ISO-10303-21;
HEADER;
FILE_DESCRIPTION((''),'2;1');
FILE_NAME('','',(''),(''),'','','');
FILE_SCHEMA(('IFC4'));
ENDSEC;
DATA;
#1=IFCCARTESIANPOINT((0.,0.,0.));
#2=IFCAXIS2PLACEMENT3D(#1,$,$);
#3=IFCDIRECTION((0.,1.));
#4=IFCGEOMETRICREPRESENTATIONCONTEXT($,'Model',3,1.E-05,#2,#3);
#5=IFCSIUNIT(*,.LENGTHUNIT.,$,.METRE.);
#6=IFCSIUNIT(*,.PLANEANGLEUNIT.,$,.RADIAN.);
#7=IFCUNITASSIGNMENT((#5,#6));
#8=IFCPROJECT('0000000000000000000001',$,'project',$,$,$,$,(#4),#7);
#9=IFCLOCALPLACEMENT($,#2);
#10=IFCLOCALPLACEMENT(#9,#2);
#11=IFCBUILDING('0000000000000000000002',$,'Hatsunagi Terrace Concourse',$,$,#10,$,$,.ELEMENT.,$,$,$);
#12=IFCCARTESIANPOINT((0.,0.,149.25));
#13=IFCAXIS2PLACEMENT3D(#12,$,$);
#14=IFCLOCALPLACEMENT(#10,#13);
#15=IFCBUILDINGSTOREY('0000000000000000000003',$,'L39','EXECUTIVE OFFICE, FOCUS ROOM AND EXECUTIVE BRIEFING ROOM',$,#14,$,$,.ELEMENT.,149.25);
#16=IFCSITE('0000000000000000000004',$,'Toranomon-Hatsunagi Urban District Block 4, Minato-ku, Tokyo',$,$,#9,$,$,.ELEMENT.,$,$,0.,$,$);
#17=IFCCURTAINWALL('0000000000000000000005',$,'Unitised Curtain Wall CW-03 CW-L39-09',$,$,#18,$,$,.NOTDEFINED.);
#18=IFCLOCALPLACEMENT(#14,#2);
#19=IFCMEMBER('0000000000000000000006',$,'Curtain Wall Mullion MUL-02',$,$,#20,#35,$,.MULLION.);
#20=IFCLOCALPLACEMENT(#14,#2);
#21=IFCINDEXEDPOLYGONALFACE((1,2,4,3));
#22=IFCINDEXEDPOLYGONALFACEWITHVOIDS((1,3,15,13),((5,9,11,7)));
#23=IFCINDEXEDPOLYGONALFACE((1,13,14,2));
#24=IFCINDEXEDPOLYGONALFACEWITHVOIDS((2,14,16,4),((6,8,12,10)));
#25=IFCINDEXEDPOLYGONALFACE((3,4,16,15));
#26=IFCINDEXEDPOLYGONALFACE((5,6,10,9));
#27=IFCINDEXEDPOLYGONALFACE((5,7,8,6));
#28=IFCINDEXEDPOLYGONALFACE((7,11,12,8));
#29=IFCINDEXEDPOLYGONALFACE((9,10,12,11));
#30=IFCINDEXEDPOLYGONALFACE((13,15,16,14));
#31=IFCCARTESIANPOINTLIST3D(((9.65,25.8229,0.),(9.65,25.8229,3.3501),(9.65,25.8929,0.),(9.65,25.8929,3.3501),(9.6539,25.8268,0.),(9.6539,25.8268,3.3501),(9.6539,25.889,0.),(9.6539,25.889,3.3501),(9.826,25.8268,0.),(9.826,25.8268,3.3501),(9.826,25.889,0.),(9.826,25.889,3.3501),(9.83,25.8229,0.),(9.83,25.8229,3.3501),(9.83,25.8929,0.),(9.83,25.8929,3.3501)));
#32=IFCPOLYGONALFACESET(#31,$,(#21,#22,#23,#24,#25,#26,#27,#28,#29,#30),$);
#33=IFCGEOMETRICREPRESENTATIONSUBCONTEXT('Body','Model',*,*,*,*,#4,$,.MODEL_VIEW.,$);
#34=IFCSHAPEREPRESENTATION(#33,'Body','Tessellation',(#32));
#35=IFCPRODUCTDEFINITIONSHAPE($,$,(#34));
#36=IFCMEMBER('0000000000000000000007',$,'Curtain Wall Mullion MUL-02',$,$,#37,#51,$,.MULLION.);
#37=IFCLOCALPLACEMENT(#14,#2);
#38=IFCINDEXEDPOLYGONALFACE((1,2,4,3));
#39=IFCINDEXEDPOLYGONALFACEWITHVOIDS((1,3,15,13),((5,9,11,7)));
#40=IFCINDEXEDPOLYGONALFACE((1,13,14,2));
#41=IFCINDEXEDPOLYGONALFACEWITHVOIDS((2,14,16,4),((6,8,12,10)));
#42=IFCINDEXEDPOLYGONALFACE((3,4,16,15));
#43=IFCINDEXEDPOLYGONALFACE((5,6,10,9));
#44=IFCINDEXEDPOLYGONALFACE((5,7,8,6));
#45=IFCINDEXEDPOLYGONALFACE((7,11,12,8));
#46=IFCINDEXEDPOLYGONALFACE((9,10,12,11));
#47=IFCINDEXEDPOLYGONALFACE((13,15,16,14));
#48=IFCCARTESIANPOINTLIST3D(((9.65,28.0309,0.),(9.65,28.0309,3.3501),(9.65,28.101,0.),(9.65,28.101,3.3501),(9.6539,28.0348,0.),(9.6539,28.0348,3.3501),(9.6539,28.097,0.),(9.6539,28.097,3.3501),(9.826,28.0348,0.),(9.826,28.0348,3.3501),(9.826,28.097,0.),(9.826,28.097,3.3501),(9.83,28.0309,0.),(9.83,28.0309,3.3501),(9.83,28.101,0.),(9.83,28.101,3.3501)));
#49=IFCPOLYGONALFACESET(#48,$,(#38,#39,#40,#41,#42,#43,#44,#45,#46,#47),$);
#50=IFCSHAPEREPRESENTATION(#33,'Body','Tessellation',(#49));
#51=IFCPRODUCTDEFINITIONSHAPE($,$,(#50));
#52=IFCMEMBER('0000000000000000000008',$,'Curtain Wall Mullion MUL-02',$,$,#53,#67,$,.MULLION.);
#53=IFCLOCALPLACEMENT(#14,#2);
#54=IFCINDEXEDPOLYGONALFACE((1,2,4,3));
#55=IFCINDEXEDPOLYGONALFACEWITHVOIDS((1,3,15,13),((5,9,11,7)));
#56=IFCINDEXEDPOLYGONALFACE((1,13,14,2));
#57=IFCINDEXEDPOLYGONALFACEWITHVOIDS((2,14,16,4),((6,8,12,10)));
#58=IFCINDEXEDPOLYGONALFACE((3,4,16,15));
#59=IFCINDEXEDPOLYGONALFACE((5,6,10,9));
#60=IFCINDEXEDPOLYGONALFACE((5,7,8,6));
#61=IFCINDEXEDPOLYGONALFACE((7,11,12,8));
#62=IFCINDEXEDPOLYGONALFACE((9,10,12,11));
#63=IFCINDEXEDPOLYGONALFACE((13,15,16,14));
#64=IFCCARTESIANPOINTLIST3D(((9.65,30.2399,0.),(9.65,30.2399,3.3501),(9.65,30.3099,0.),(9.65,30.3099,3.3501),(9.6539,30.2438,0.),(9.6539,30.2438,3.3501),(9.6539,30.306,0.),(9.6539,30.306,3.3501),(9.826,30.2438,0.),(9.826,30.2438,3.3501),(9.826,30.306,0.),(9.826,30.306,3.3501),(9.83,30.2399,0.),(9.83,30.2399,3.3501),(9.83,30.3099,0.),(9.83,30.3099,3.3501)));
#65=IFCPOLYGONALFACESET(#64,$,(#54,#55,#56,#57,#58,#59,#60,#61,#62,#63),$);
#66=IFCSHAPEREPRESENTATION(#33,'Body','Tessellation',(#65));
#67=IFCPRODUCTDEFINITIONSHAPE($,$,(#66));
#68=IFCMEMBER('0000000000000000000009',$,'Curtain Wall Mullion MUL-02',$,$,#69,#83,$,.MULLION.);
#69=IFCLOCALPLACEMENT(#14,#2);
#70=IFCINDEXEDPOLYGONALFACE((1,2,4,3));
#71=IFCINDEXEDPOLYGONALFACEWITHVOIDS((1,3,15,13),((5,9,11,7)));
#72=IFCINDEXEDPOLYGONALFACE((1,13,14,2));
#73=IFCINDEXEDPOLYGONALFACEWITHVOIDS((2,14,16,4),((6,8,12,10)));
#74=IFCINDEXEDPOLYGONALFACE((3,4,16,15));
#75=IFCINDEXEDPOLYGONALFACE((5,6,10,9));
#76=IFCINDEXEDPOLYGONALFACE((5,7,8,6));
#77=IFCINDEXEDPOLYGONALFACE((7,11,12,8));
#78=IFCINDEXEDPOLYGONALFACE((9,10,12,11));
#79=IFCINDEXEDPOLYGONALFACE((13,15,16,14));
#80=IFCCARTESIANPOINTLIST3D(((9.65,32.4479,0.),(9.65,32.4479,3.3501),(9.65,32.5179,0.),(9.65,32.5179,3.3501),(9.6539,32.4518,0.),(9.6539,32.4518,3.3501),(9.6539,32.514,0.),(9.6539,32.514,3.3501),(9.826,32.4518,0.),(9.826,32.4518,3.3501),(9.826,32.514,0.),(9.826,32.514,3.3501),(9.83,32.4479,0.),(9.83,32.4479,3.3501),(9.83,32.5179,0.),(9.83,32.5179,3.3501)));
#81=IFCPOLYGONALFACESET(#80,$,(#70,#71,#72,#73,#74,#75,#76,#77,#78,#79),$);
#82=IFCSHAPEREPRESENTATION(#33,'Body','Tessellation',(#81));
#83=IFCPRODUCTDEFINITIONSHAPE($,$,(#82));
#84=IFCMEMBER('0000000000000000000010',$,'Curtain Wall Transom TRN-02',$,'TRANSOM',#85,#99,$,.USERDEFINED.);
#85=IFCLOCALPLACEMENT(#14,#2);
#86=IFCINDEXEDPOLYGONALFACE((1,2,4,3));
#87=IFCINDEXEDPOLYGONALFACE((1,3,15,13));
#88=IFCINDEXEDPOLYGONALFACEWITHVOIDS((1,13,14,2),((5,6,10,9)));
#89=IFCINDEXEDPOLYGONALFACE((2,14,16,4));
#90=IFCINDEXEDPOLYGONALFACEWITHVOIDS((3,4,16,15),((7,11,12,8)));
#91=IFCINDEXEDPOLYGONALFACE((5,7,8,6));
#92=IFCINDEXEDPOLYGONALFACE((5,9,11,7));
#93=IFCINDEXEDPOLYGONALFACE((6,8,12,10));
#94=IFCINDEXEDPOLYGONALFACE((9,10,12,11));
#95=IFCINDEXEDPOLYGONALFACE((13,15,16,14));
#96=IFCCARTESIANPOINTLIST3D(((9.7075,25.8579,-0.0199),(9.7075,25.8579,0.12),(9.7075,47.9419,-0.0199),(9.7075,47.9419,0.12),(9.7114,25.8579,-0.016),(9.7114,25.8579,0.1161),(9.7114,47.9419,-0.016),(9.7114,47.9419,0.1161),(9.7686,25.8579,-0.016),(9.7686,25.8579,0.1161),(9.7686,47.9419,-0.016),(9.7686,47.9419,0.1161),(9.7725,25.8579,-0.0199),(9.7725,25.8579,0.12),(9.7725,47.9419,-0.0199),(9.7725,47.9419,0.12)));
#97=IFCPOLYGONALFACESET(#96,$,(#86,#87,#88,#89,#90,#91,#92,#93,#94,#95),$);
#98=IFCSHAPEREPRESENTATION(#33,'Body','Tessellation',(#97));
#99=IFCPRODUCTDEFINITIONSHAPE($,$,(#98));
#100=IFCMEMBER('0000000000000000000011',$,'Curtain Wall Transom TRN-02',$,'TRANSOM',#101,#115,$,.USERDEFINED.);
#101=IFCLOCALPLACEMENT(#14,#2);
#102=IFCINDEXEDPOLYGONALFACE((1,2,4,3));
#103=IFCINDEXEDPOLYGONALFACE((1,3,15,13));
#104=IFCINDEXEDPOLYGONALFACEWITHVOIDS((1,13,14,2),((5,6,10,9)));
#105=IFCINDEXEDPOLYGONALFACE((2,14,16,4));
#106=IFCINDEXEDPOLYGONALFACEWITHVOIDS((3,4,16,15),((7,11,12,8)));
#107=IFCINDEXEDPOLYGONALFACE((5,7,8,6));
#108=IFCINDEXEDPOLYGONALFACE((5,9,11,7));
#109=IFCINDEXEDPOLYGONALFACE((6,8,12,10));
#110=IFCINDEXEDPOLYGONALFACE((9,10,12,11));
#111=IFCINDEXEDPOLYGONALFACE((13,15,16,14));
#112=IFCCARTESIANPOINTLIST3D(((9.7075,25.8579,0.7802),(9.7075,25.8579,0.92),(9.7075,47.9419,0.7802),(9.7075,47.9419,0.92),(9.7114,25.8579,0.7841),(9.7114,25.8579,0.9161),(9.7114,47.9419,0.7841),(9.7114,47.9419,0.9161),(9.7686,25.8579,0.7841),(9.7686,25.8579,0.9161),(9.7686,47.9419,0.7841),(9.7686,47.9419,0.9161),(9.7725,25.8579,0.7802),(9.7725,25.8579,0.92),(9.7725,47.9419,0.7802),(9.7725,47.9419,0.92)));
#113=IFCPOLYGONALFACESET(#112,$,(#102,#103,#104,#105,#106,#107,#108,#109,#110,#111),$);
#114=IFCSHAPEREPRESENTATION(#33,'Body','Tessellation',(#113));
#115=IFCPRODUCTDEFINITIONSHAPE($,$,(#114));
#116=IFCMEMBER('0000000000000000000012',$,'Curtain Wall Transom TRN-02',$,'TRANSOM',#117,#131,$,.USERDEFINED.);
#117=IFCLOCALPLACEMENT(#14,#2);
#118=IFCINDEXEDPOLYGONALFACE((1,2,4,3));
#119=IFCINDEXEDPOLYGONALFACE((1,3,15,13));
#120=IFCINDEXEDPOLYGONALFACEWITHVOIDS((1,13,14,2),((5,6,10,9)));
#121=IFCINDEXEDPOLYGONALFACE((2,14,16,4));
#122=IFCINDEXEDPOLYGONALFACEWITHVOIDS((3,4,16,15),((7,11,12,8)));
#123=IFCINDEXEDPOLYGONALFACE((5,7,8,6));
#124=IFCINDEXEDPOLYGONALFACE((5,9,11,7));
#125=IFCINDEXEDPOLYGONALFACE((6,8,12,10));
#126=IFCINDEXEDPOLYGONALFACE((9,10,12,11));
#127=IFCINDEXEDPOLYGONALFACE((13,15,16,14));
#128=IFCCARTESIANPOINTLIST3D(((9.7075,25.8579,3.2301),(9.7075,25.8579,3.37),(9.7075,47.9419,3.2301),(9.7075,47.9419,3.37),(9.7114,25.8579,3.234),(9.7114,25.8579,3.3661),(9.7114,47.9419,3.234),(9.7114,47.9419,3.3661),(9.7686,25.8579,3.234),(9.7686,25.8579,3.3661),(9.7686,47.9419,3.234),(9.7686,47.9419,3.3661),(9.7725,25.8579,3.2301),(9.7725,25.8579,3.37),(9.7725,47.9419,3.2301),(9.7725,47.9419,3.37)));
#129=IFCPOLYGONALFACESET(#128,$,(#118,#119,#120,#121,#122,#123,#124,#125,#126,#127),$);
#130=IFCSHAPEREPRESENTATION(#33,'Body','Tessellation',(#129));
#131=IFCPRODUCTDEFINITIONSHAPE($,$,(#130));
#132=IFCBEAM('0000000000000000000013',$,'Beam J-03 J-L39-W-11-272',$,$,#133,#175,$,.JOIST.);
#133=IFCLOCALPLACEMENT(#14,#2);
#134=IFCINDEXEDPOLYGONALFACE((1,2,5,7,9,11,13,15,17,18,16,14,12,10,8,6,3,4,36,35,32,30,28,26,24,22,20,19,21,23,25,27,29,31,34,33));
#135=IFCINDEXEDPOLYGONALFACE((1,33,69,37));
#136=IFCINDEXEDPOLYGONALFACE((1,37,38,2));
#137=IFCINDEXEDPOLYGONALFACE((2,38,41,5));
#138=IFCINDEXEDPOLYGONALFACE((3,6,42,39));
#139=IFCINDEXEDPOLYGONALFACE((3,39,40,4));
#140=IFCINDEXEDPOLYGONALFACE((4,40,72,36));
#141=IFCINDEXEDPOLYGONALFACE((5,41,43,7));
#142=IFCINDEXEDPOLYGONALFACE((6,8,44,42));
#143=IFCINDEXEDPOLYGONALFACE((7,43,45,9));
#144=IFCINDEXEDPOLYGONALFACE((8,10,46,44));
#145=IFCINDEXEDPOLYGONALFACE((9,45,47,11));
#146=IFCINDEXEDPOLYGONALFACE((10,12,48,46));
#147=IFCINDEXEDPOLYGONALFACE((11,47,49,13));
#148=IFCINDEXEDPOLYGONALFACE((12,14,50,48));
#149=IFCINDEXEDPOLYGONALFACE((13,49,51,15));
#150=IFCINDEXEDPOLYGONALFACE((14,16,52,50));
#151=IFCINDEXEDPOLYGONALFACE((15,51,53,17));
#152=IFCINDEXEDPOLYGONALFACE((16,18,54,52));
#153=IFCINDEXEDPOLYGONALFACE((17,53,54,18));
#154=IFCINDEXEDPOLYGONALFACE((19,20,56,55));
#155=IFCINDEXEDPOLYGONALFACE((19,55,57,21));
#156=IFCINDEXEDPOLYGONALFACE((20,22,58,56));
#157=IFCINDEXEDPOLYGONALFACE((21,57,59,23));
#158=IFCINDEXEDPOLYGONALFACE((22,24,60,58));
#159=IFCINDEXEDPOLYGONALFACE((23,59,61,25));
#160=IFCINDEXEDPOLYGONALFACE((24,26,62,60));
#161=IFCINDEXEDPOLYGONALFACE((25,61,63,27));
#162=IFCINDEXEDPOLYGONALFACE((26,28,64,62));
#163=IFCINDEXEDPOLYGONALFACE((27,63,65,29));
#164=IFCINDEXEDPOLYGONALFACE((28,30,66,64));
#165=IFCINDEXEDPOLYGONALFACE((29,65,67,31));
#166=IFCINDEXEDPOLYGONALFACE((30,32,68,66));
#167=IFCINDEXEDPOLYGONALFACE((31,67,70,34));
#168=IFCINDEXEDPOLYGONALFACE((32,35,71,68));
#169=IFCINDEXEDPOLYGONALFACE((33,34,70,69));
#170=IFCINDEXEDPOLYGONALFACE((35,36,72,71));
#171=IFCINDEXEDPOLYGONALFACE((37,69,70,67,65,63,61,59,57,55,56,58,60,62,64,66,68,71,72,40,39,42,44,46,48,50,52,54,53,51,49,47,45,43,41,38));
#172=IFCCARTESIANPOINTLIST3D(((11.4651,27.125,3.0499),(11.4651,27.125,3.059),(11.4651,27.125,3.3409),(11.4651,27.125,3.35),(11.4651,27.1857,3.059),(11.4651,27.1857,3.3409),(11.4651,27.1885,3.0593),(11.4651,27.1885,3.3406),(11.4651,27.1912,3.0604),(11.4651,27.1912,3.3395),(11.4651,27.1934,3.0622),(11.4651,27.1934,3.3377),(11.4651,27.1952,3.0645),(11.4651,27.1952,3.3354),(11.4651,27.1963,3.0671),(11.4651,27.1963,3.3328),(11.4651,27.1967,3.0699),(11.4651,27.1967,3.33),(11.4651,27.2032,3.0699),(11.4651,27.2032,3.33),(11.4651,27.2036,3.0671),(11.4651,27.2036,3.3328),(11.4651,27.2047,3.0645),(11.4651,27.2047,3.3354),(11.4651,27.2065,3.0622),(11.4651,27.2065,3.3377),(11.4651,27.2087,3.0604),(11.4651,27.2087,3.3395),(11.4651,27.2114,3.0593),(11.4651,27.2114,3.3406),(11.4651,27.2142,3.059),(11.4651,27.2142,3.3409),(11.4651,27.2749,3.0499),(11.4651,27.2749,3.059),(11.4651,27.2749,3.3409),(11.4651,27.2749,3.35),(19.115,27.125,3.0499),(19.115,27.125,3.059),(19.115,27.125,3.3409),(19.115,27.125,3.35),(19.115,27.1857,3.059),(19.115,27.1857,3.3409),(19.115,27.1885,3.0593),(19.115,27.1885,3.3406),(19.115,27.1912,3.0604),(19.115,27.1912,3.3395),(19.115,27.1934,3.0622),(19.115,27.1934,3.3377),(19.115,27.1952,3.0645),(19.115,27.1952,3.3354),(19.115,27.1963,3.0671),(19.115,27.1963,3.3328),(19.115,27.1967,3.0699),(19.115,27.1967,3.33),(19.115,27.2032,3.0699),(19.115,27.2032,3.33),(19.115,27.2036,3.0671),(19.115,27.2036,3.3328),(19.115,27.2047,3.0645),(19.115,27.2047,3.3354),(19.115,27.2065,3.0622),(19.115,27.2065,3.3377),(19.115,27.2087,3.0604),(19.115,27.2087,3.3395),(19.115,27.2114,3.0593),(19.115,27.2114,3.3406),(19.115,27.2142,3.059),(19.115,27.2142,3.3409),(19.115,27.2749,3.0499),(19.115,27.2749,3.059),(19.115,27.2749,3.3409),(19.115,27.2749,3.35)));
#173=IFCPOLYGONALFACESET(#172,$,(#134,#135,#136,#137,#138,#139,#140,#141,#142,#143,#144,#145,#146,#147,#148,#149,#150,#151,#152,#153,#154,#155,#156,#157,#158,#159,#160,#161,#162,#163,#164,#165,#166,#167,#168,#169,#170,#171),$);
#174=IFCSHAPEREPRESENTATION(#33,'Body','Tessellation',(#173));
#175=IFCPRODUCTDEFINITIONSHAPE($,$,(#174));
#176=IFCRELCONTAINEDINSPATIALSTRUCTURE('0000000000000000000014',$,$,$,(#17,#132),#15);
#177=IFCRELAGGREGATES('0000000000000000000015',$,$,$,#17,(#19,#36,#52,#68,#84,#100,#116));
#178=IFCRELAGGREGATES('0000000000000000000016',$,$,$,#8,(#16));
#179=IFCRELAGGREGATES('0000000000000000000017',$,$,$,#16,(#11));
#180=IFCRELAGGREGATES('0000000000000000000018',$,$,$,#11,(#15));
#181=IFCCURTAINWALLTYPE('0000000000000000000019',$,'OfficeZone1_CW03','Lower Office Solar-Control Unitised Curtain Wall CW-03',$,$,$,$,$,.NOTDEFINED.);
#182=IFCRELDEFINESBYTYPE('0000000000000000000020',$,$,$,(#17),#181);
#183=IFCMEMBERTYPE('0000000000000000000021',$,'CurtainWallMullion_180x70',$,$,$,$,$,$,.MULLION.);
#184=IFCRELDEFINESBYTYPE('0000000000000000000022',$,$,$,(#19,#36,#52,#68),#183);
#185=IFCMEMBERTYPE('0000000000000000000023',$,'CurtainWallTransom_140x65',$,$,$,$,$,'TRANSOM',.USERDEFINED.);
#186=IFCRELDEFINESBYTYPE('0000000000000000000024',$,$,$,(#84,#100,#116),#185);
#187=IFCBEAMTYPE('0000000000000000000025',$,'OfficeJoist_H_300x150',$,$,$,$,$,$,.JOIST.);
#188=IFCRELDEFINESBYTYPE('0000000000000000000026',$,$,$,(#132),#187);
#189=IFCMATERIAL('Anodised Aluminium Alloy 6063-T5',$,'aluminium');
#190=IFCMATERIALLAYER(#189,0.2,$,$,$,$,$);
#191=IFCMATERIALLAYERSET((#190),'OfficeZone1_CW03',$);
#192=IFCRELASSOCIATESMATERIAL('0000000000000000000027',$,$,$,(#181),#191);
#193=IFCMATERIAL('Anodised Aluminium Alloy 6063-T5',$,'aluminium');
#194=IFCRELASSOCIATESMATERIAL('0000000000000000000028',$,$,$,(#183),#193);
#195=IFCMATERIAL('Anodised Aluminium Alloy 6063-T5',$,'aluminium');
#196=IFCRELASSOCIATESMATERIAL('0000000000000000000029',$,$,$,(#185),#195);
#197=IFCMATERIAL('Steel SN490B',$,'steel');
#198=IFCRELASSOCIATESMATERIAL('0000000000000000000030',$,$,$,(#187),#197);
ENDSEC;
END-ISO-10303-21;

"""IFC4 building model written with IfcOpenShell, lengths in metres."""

from ifc_helpers import new_model, si_unit, direction, frame, origin, origin_2d, place, context, subcontext, project, spatial, hollow_rectangle, i_section, extrude, material, layer, layer_set, material_profile, profile_set, type_object, element, aggregate, save


model = new_model("IFC4")

# Units and contexts
model_context = context("Model", 3, precision=1e-05, world=origin(), true_north=direction((0.0, 1.0)))
body_context = subcontext(model_context, "Body", "Model", "MODEL_VIEW")
ifc_project = project(units=[si_unit("LENGTHUNIT", "METRE"), si_unit("PLANEANGLEUNIT", "RADIAN")], contexts=[model_context])

# Site, building, storey
site_placement = place(None, origin())
site = spatial("IfcSite", under=ifc_project, at=site_placement, Name="Toranomon-Hatsunagi Urban District Block 4, Minato-ku, Tokyo", CompositionType="ELEMENT", RefElevation=0.0)
building_placement = place(site_placement, origin())
building = spatial("IfcBuilding", under=site, at=building_placement, Name="Hatsunagi Terrace Concourse", CompositionType="ELEMENT")
storey_placement = place(building_placement, frame((0.0, 0.0, 149.25)))
storey = spatial("IfcBuildingStorey", under=building, at=storey_placement, Name="L39", Description="EXECUTIVE OFFICE, FOCUS ROOM AND EXECUTIVE BRIEFING ROOM", CompositionType="ELEMENT", Elevation=149.25)

# Curtain wall, members
ifc_material_1 = material(Name="Anodised Aluminium Alloy 6063-T5", Category="aluminium")
ifc_layer_1 = layer(ifc_material_1, 0.2)
ifc_layer_set_1 = layer_set([ifc_layer_1], Name="OfficeZone1_CW03")
curtain_wall_type = type_object("IfcCurtainWallType", Name="OfficeZone1_CW03", Description="Lower Office Solar-Control Unitised Curtain Wall CW-03", PredefinedType="NOTDEFINED", material=ifc_layer_set_1)
curtain_wall_placement = place(storey_placement, origin())
curtain_wall = element("IfcCurtainWall", 1, at=curtain_wall_placement, inside=storey, type_object=curtain_wall_type, Name="Unitised Curtain Wall CW-03 CW-L39-09", PredefinedType="NOTDEFINED")
ifc_material_2 = material(Name="Anodised Aluminium Alloy 6063-T5", Category="aluminium")
ifc_material_profile_1 = material_profile(ifc_material_2, hollow_rectangle(XDim=0.0701, YDim=0.1799, WallThickness=0.0039, at=origin_2d()), Name="ALU-MUL-180x70x4")
ifc_profile_set_1 = profile_set([ifc_material_profile_1], Name="Anodised Aluminium Alloy 6063-T5")
member_type_1 = type_object("IfcMemberType", Name="CurtainWallMullion_180x70", PredefinedType="MULLION", material=ifc_profile_set_1)
member_1_placement = place(storey_placement, frame((9.74, 25.8579, 0.0), z_axis=(0.0, 0.0, 1.0), x_axis=(0.0, 1.0, 0.0)))
member_1 = element("IfcMember", 2, at=member_1_placement, type_object=member_type_1, Name="Curtain Wall Mullion MUL-02", PredefinedType="MULLION", context=body_context, shape_type="SweptSolid", body=[
    extrude(hollow_rectangle(XDim=0.0701, YDim=0.1799, WallThickness=0.0039, at=origin_2d()), origin(), (0.0, 0.0, 1.0), 3.3501),
])
member_2_placement = place(storey_placement, frame((9.74, 28.0659, 0.0), z_axis=(0.0, 0.0, 1.0), x_axis=(0.0, 1.0, 0.0)))
member_2 = element("IfcMember", 3, at=member_2_placement, type_object=member_type_1, Name="Curtain Wall Mullion MUL-02", PredefinedType="MULLION", context=body_context, shape_type="SweptSolid", body=[
    extrude(hollow_rectangle(XDim=0.0701, YDim=0.1799, WallThickness=0.0039, at=origin_2d()), origin(), (0.0, 0.0, 1.0), 3.3501),
])
member_3_placement = place(storey_placement, frame((9.74, 30.2749, 0.0), z_axis=(0.0, 0.0, 1.0), x_axis=(0.0, 1.0, 0.0)))
member_3 = element("IfcMember", 4, at=member_3_placement, type_object=member_type_1, Name="Curtain Wall Mullion MUL-02", PredefinedType="MULLION", context=body_context, shape_type="SweptSolid", body=[
    extrude(hollow_rectangle(XDim=0.0701, YDim=0.1799, WallThickness=0.0039, at=origin_2d()), origin(), (0.0, 0.0, 1.0), 3.3501),
])
member_4_placement = place(storey_placement, frame((9.74, 32.4829, 0.0), z_axis=(0.0, 0.0, 1.0), x_axis=(0.0, 1.0, 0.0)))
member_4 = element("IfcMember", 5, at=member_4_placement, type_object=member_type_1, Name="Curtain Wall Mullion MUL-02", PredefinedType="MULLION", context=body_context, shape_type="SweptSolid", body=[
    extrude(hollow_rectangle(XDim=0.0701, YDim=0.1799, WallThickness=0.0039, at=origin_2d()), origin(), (0.0, 0.0, 1.0), 3.3501),
])
ifc_material_3 = material(Name="Anodised Aluminium Alloy 6063-T5", Category="aluminium")
ifc_material_profile_2 = material_profile(ifc_material_3, hollow_rectangle(XDim=0.0649, YDim=0.1399, WallThickness=0.0039, at=origin_2d()), Name="ALU-TRN-140x65x4")
ifc_profile_set_2 = profile_set([ifc_material_profile_2], Name="Anodised Aluminium Alloy 6063-T5")
member_type_2 = type_object("IfcMemberType", Name="CurtainWallTransom_140x65", ElementType="TRANSOM", PredefinedType="USERDEFINED", material=ifc_profile_set_2)
member_5_placement = place(storey_placement, frame((9.74, 25.8579, 0.05), z_axis=(0.0, 1.0, 0.0), x_axis=(-1.0, 0.0, 0.0)))
member_5 = element("IfcMember", 6, at=member_5_placement, type_object=member_type_2, Name="Curtain Wall Transom TRN-02", ObjectType="TRANSOM", PredefinedType="USERDEFINED", context=body_context, shape_type="SweptSolid", body=[
    extrude(hollow_rectangle(XDim=0.0649, YDim=0.1399, WallThickness=0.0039, at=origin_2d()), origin(), (0.0, 0.0, 1.0), 22.084),
])
member_6_placement = place(storey_placement, frame((9.74, 25.8579, 0.8501), z_axis=(0.0, 1.0, 0.0), x_axis=(-1.0, 0.0, 0.0)))
member_6 = element("IfcMember", 7, at=member_6_placement, type_object=member_type_2, Name="Curtain Wall Transom TRN-02", ObjectType="TRANSOM", PredefinedType="USERDEFINED", context=body_context, shape_type="SweptSolid", body=[
    extrude(hollow_rectangle(XDim=0.0649, YDim=0.1399, WallThickness=0.0039, at=origin_2d()), origin(), (0.0, 0.0, 1.0), 22.084),
])
member_7_placement = place(storey_placement, frame((9.74, 25.8579, 3.3), z_axis=(0.0, 1.0, 0.0), x_axis=(-1.0, 0.0, 0.0)))
member_7 = element("IfcMember", 8, at=member_7_placement, type_object=member_type_2, Name="Curtain Wall Transom TRN-02", ObjectType="TRANSOM", PredefinedType="USERDEFINED", context=body_context, shape_type="SweptSolid", body=[
    extrude(hollow_rectangle(XDim=0.0649, YDim=0.1399, WallThickness=0.0039, at=origin_2d()), origin(), (0.0, 0.0, 1.0), 22.084),
])

# Beam
ifc_material_4 = material(Name="Steel SN490B", Category="steel")
ifc_material_profile_3 = material_profile(ifc_material_4, i_section(OverallWidth=0.1499, OverallDepth=0.3, WebThickness=0.0066, FlangeThickness=0.009, FilletRadius=0.011, at=origin_2d()), Name="H-300x150x6.5x9")
ifc_profile_set_3 = profile_set([ifc_material_profile_3], Name="Steel SN490B")
beam_type = type_object("IfcBeamType", Name="OfficeJoist_H_300x150", PredefinedType="JOIST", material=ifc_profile_set_3)
for number, where, z_axis, x_axis, name in (
    (9, (11.4651, 27.2, 3.2), (1.0, 0.0, 0.0), (0.0, 1.0, 0.0), "Beam J-03 J-L39-W-11-272"),
):
    element("IfcBeam", number, at=place(storey_placement, frame(where, z_axis=z_axis, x_axis=x_axis)), inside=storey, type_object=beam_type, Name=name, PredefinedType="JOIST", context=body_context, shape_type="SweptSolid", body=[
        extrude(i_section(OverallWidth=0.1499, OverallDepth=0.3, WebThickness=0.0066, FlangeThickness=0.009, FilletRadius=0.011, at=origin_2d()), origin(), (0.0, 0.0, 1.0), 7.6499),
    ])

aggregate(curtain_wall, [member_1, member_2, member_3, member_4, member_5, member_6, member_7])

save(model, "model.ifc")
